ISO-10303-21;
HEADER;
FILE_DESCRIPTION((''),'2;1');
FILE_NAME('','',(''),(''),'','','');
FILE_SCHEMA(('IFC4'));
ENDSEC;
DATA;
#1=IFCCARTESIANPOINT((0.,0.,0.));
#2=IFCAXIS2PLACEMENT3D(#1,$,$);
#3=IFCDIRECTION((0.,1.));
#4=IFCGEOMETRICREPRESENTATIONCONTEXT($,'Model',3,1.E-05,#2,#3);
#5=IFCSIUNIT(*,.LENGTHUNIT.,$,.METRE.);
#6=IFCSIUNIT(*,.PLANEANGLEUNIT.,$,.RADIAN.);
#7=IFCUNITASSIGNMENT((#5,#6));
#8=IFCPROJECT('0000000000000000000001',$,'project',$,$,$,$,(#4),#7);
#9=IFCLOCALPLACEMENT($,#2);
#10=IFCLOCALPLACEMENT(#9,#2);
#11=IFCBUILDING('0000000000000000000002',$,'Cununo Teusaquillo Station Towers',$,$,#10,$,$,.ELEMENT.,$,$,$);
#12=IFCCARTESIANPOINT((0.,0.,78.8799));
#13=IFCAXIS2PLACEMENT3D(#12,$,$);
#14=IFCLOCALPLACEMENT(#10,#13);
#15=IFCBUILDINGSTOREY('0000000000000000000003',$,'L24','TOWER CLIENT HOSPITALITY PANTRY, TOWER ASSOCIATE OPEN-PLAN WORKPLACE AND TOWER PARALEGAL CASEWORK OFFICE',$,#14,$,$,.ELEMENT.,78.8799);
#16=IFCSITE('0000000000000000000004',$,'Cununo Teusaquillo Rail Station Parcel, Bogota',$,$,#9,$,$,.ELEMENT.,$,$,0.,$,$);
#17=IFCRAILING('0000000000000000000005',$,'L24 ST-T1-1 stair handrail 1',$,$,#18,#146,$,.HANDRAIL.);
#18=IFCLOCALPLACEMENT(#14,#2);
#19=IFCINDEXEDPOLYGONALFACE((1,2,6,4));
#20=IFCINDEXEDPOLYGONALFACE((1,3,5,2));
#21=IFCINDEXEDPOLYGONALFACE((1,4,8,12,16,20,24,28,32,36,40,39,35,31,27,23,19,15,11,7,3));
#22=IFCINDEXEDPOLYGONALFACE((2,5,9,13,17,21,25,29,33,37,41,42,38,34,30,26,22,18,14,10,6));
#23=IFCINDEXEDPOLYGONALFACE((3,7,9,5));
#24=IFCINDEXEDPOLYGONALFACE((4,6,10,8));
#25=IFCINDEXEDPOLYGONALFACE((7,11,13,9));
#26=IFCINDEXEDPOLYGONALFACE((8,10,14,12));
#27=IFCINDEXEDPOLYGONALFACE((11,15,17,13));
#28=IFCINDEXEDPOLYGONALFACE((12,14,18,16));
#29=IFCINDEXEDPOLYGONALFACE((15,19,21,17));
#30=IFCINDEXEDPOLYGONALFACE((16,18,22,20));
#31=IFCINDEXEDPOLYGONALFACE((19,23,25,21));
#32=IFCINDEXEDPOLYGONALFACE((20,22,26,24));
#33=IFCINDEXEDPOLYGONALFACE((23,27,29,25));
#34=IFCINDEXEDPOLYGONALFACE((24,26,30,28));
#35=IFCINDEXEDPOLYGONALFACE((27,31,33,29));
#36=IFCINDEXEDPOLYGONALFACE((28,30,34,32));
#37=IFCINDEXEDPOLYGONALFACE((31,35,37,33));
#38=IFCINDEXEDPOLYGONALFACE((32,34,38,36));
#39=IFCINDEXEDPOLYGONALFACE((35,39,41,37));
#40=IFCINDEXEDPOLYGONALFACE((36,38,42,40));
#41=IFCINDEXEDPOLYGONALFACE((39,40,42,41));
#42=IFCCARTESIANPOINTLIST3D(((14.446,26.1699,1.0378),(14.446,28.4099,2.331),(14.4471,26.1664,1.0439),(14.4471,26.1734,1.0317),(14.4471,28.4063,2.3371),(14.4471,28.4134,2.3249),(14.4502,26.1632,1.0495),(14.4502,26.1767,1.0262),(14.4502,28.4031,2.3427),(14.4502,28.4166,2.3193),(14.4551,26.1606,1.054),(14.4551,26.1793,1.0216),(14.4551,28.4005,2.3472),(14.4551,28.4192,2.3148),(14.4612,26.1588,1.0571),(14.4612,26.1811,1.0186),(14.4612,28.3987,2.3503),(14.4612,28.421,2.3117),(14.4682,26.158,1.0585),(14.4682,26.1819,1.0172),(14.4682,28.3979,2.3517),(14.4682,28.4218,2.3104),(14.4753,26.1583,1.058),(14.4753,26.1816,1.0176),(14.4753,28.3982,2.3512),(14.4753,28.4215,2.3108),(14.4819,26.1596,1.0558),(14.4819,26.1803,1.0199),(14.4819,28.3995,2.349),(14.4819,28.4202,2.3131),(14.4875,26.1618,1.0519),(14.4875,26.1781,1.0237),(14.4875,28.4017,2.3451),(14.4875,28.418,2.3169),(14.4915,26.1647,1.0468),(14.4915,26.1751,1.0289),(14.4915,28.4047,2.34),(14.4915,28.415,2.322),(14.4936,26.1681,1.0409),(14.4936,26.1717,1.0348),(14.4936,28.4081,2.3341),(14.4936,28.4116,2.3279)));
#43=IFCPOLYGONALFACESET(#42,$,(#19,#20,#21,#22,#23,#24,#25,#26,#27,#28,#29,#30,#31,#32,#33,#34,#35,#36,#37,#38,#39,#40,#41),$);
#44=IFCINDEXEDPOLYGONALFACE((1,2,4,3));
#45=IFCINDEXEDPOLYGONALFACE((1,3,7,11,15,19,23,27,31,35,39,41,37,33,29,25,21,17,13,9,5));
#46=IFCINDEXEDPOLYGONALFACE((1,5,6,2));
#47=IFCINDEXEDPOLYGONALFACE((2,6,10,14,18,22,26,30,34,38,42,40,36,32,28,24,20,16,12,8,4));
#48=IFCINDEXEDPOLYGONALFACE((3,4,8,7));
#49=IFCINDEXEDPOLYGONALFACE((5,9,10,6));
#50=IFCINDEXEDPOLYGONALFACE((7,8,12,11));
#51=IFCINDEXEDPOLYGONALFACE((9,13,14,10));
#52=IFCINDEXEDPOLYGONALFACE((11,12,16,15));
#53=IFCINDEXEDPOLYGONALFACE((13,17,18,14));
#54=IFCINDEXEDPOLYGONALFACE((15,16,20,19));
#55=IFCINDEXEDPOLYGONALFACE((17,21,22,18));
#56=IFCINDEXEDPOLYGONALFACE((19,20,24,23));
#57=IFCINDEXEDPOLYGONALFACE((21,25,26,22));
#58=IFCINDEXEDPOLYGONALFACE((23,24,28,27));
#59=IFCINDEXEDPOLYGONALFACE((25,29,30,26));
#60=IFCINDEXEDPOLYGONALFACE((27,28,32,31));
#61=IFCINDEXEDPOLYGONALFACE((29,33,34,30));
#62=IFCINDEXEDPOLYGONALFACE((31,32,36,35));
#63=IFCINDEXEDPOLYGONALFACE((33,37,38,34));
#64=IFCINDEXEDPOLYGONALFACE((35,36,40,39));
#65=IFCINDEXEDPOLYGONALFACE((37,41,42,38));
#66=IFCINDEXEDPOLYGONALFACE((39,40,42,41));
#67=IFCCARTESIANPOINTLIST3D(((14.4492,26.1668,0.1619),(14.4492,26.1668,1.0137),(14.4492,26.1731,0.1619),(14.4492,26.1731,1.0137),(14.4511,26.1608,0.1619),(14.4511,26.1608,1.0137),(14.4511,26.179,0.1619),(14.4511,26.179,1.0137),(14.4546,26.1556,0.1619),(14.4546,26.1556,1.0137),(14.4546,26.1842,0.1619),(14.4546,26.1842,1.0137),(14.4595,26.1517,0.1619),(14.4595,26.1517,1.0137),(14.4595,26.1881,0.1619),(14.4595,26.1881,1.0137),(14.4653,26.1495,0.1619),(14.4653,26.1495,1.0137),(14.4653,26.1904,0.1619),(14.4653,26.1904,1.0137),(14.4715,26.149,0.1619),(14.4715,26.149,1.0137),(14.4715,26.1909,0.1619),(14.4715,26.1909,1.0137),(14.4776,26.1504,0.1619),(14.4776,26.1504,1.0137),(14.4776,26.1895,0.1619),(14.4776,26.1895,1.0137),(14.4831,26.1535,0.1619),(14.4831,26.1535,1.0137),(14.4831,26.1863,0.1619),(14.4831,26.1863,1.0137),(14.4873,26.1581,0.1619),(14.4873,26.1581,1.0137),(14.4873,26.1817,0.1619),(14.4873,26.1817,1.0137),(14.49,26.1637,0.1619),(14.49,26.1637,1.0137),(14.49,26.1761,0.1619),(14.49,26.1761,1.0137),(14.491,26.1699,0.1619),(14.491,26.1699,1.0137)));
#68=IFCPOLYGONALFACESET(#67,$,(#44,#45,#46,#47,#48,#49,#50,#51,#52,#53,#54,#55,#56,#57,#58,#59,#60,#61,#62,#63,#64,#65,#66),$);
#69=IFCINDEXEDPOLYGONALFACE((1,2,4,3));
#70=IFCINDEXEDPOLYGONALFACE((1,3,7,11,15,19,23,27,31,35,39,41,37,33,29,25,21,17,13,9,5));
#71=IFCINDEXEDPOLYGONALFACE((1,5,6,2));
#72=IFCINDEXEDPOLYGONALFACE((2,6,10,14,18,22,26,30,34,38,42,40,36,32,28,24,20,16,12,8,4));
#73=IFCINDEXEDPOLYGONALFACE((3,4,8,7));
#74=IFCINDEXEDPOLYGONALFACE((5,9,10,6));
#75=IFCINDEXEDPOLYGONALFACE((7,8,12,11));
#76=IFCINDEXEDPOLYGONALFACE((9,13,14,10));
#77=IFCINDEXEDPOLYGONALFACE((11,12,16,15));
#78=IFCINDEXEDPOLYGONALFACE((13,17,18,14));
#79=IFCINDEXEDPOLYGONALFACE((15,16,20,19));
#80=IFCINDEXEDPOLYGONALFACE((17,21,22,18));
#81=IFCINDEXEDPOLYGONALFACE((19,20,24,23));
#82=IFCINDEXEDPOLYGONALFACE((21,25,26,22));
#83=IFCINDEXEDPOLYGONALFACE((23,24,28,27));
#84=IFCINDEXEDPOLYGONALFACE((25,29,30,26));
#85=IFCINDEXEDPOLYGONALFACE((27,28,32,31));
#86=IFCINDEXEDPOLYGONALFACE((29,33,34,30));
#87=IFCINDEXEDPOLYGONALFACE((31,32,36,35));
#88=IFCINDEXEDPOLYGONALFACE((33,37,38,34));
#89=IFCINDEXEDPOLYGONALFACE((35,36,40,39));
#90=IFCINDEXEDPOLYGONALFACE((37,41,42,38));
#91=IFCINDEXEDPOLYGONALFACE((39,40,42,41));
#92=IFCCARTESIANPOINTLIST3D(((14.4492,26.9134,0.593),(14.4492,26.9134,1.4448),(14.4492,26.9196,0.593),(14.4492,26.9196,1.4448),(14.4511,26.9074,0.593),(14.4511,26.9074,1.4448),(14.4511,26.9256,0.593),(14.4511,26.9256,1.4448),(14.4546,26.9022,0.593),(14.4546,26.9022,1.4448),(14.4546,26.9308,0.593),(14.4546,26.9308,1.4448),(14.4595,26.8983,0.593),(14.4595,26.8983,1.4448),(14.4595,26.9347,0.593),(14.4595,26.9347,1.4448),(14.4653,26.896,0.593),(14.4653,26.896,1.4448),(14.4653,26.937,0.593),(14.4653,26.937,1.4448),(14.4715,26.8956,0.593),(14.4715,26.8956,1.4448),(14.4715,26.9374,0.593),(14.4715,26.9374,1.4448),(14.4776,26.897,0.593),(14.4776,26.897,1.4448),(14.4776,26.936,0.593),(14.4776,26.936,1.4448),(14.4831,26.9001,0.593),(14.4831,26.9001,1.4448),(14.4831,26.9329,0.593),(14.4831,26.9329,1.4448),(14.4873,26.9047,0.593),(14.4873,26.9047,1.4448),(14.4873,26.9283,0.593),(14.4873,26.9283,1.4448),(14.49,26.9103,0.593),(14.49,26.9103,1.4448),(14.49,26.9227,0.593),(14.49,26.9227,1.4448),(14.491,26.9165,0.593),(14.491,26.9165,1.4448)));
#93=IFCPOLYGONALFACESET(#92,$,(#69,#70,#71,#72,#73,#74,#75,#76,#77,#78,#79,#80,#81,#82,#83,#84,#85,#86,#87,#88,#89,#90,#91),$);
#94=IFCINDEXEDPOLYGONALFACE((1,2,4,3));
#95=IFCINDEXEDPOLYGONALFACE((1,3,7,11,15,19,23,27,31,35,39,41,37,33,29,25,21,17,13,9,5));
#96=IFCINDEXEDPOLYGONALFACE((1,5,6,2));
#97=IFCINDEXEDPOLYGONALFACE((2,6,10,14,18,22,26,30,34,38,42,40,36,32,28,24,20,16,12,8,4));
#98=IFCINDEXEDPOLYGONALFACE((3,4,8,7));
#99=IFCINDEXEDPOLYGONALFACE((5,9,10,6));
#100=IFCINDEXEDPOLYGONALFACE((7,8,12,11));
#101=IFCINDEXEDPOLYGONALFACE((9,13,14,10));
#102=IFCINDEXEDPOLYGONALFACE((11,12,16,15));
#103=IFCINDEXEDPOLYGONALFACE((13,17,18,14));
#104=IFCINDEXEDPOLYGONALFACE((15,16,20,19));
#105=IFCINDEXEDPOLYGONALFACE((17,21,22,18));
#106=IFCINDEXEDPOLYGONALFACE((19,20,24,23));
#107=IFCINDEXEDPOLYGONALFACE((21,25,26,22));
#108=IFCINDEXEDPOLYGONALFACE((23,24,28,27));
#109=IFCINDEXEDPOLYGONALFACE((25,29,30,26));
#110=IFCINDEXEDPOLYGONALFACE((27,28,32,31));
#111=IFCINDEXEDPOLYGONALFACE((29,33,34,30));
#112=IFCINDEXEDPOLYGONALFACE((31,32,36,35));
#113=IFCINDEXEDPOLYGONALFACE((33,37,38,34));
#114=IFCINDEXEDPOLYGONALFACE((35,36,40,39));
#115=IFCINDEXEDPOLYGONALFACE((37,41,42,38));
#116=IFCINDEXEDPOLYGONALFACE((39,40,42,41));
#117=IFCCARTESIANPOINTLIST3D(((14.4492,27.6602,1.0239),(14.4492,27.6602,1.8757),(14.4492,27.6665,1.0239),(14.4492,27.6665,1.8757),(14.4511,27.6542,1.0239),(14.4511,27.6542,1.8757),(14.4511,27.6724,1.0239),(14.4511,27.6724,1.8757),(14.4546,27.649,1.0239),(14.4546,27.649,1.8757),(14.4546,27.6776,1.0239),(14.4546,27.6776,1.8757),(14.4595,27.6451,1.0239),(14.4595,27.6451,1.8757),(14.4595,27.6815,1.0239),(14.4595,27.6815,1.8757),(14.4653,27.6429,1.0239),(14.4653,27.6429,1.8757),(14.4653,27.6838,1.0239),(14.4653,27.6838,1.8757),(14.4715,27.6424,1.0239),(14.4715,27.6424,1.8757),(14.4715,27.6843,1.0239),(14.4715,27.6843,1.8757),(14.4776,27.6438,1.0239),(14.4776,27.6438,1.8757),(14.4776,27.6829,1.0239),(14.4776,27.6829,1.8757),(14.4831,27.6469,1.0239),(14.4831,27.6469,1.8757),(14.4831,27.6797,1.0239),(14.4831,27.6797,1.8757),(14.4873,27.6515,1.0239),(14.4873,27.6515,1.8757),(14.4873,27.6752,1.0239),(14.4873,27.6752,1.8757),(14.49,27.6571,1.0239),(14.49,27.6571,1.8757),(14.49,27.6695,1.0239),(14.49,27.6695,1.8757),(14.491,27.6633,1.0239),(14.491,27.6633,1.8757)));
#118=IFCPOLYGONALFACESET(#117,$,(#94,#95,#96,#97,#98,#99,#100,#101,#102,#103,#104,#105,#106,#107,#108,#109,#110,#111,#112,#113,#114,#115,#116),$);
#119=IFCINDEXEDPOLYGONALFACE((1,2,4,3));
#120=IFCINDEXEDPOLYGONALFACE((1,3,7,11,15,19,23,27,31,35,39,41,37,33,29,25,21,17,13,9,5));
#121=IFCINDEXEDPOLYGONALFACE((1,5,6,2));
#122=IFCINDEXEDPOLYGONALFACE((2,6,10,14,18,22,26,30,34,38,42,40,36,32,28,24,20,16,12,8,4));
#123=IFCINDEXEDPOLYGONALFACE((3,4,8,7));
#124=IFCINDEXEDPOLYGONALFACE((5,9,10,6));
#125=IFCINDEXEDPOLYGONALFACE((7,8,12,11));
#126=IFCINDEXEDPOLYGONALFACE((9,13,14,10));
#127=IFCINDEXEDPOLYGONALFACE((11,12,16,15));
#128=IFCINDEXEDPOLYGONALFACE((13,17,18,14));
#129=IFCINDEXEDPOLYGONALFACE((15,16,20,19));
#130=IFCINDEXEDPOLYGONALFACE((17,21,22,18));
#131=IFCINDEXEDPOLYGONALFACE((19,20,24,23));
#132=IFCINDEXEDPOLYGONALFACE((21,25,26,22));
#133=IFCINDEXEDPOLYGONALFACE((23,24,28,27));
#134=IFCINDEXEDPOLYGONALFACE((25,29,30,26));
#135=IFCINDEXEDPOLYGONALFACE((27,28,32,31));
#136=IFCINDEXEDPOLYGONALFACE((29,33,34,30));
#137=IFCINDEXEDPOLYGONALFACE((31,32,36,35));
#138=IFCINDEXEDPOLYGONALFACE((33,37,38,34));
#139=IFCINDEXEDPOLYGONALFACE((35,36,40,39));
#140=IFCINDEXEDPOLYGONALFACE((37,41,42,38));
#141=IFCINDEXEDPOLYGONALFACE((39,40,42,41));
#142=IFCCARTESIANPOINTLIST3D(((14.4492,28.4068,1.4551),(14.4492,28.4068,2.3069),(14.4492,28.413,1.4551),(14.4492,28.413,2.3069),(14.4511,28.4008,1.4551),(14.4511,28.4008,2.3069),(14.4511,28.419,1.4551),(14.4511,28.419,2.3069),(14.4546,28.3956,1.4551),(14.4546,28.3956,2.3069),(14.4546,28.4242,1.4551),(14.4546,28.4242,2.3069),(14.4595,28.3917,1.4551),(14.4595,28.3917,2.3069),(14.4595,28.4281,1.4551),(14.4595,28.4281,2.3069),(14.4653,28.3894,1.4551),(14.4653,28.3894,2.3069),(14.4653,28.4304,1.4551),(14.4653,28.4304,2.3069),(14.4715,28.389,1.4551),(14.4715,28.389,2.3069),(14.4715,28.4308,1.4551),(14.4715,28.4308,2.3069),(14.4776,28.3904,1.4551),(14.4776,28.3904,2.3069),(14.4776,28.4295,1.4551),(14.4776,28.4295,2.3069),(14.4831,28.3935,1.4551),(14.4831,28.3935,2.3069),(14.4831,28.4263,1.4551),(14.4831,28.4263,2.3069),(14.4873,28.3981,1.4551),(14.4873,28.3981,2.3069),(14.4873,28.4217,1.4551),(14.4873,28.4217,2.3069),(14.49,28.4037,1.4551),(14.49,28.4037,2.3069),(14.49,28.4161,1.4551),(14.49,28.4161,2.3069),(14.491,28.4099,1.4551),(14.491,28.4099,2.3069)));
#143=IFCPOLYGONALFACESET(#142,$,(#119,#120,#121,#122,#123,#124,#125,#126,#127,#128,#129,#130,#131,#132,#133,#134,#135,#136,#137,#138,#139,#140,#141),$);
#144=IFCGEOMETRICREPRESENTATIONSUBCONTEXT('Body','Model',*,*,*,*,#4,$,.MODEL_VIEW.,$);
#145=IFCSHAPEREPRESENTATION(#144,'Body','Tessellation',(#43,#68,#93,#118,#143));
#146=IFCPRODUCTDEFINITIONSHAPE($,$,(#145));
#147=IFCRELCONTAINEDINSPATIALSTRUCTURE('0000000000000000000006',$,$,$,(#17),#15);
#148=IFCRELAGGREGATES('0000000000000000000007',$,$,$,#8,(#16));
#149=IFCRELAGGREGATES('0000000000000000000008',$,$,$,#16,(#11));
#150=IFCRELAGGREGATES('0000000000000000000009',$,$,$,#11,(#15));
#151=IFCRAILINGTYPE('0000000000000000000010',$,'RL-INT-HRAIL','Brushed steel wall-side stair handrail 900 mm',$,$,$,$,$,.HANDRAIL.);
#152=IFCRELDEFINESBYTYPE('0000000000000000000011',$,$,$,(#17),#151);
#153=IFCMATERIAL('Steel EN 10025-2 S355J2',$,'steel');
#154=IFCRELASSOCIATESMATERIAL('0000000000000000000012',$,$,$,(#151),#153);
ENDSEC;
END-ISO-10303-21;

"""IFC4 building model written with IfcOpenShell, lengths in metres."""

from ifc_helpers import new_model, si_unit, direction, frame, origin, origin_2d, place, context, subcontext, project, spatial, circle, extrude, material, type_object, element, save


model = new_model("IFC4")

# Units and contexts
model_context = context("Model", 3, precision=1e-05, world=origin(), true_north=direction((0.0, 1.0)))
body_context = subcontext(model_context, "Body", "Model", "MODEL_VIEW")
ifc_project = project(units=[si_unit("LENGTHUNIT", "METRE"), si_unit("PLANEANGLEUNIT", "RADIAN")], contexts=[model_context])

# Site, building, storey
site_placement = place(None, origin())
site = spatial("IfcSite", under=ifc_project, at=site_placement, Name="Cununo Teusaquillo Rail Station Parcel, Bogota", CompositionType="ELEMENT", RefElevation=0.0)
building_placement = place(site_placement, origin())
building = spatial("IfcBuilding", under=site, at=building_placement, Name="Cununo Teusaquillo Station Towers", CompositionType="ELEMENT")
storey_placement = place(building_placement, frame((0.0, 0.0, 78.8799)))
storey = spatial("IfcBuildingStorey", under=building, at=storey_placement, Name="L24", Description="TOWER CLIENT HOSPITALITY PANTRY, TOWER ASSOCIATE OPEN-PLAN WORKPLACE AND TOWER PARALEGAL CASEWORK OFFICE", CompositionType="ELEMENT", Elevation=78.8799)

# Railing
ifc_material_1 = material(Name="Steel EN 10025-2 S355J2", Category="steel")
railing_type_1 = type_object("IfcRailingType", Name="RL-INT-HRAIL", Description="Brushed steel wall-side stair handrail 900 mm", PredefinedType="HANDRAIL", material=ifc_material_1)
railing_1_placement = place(storey_placement, frame((14.47, 26.1699, 0.1619)))
element("IfcRailing", 1, at=railing_1_placement, inside=storey, type_object=railing_type_1, Name="L24 ST-T1-1 stair handrail 1", PredefinedType="HANDRAIL", context=body_context, shape_type="SweptSolid", body=[
    extrude(circle(Radius=0.0239, at=origin_2d()), frame((0.0, 0.0, 0.876), z_axis=(0.0, 0.866033, 0.499987), x_axis=(-1.0, 0.0, 0.0)), (0.0, 0.0, 1.0), 2.5864),
    extrude(circle(Radius=0.021, at=origin_2d()), origin(), (0.0, 0.0, 1.0), 0.8518),
    extrude(circle(Radius=0.021, at=origin_2d()), frame((0.0, 0.7466, 0.4312)), (0.0, 0.0, 1.0), 0.8518),
    extrude(circle(Radius=0.021, at=origin_2d()), frame((0.0, 1.4934, 0.8621)), (0.0, 0.0, 1.0), 0.8518),
    extrude(circle(Radius=0.021, at=origin_2d()), frame((0.0, 2.24, 1.2932)), (0.0, 0.0, 1.0), 0.8518),
])

save(model, "model.ifc")
